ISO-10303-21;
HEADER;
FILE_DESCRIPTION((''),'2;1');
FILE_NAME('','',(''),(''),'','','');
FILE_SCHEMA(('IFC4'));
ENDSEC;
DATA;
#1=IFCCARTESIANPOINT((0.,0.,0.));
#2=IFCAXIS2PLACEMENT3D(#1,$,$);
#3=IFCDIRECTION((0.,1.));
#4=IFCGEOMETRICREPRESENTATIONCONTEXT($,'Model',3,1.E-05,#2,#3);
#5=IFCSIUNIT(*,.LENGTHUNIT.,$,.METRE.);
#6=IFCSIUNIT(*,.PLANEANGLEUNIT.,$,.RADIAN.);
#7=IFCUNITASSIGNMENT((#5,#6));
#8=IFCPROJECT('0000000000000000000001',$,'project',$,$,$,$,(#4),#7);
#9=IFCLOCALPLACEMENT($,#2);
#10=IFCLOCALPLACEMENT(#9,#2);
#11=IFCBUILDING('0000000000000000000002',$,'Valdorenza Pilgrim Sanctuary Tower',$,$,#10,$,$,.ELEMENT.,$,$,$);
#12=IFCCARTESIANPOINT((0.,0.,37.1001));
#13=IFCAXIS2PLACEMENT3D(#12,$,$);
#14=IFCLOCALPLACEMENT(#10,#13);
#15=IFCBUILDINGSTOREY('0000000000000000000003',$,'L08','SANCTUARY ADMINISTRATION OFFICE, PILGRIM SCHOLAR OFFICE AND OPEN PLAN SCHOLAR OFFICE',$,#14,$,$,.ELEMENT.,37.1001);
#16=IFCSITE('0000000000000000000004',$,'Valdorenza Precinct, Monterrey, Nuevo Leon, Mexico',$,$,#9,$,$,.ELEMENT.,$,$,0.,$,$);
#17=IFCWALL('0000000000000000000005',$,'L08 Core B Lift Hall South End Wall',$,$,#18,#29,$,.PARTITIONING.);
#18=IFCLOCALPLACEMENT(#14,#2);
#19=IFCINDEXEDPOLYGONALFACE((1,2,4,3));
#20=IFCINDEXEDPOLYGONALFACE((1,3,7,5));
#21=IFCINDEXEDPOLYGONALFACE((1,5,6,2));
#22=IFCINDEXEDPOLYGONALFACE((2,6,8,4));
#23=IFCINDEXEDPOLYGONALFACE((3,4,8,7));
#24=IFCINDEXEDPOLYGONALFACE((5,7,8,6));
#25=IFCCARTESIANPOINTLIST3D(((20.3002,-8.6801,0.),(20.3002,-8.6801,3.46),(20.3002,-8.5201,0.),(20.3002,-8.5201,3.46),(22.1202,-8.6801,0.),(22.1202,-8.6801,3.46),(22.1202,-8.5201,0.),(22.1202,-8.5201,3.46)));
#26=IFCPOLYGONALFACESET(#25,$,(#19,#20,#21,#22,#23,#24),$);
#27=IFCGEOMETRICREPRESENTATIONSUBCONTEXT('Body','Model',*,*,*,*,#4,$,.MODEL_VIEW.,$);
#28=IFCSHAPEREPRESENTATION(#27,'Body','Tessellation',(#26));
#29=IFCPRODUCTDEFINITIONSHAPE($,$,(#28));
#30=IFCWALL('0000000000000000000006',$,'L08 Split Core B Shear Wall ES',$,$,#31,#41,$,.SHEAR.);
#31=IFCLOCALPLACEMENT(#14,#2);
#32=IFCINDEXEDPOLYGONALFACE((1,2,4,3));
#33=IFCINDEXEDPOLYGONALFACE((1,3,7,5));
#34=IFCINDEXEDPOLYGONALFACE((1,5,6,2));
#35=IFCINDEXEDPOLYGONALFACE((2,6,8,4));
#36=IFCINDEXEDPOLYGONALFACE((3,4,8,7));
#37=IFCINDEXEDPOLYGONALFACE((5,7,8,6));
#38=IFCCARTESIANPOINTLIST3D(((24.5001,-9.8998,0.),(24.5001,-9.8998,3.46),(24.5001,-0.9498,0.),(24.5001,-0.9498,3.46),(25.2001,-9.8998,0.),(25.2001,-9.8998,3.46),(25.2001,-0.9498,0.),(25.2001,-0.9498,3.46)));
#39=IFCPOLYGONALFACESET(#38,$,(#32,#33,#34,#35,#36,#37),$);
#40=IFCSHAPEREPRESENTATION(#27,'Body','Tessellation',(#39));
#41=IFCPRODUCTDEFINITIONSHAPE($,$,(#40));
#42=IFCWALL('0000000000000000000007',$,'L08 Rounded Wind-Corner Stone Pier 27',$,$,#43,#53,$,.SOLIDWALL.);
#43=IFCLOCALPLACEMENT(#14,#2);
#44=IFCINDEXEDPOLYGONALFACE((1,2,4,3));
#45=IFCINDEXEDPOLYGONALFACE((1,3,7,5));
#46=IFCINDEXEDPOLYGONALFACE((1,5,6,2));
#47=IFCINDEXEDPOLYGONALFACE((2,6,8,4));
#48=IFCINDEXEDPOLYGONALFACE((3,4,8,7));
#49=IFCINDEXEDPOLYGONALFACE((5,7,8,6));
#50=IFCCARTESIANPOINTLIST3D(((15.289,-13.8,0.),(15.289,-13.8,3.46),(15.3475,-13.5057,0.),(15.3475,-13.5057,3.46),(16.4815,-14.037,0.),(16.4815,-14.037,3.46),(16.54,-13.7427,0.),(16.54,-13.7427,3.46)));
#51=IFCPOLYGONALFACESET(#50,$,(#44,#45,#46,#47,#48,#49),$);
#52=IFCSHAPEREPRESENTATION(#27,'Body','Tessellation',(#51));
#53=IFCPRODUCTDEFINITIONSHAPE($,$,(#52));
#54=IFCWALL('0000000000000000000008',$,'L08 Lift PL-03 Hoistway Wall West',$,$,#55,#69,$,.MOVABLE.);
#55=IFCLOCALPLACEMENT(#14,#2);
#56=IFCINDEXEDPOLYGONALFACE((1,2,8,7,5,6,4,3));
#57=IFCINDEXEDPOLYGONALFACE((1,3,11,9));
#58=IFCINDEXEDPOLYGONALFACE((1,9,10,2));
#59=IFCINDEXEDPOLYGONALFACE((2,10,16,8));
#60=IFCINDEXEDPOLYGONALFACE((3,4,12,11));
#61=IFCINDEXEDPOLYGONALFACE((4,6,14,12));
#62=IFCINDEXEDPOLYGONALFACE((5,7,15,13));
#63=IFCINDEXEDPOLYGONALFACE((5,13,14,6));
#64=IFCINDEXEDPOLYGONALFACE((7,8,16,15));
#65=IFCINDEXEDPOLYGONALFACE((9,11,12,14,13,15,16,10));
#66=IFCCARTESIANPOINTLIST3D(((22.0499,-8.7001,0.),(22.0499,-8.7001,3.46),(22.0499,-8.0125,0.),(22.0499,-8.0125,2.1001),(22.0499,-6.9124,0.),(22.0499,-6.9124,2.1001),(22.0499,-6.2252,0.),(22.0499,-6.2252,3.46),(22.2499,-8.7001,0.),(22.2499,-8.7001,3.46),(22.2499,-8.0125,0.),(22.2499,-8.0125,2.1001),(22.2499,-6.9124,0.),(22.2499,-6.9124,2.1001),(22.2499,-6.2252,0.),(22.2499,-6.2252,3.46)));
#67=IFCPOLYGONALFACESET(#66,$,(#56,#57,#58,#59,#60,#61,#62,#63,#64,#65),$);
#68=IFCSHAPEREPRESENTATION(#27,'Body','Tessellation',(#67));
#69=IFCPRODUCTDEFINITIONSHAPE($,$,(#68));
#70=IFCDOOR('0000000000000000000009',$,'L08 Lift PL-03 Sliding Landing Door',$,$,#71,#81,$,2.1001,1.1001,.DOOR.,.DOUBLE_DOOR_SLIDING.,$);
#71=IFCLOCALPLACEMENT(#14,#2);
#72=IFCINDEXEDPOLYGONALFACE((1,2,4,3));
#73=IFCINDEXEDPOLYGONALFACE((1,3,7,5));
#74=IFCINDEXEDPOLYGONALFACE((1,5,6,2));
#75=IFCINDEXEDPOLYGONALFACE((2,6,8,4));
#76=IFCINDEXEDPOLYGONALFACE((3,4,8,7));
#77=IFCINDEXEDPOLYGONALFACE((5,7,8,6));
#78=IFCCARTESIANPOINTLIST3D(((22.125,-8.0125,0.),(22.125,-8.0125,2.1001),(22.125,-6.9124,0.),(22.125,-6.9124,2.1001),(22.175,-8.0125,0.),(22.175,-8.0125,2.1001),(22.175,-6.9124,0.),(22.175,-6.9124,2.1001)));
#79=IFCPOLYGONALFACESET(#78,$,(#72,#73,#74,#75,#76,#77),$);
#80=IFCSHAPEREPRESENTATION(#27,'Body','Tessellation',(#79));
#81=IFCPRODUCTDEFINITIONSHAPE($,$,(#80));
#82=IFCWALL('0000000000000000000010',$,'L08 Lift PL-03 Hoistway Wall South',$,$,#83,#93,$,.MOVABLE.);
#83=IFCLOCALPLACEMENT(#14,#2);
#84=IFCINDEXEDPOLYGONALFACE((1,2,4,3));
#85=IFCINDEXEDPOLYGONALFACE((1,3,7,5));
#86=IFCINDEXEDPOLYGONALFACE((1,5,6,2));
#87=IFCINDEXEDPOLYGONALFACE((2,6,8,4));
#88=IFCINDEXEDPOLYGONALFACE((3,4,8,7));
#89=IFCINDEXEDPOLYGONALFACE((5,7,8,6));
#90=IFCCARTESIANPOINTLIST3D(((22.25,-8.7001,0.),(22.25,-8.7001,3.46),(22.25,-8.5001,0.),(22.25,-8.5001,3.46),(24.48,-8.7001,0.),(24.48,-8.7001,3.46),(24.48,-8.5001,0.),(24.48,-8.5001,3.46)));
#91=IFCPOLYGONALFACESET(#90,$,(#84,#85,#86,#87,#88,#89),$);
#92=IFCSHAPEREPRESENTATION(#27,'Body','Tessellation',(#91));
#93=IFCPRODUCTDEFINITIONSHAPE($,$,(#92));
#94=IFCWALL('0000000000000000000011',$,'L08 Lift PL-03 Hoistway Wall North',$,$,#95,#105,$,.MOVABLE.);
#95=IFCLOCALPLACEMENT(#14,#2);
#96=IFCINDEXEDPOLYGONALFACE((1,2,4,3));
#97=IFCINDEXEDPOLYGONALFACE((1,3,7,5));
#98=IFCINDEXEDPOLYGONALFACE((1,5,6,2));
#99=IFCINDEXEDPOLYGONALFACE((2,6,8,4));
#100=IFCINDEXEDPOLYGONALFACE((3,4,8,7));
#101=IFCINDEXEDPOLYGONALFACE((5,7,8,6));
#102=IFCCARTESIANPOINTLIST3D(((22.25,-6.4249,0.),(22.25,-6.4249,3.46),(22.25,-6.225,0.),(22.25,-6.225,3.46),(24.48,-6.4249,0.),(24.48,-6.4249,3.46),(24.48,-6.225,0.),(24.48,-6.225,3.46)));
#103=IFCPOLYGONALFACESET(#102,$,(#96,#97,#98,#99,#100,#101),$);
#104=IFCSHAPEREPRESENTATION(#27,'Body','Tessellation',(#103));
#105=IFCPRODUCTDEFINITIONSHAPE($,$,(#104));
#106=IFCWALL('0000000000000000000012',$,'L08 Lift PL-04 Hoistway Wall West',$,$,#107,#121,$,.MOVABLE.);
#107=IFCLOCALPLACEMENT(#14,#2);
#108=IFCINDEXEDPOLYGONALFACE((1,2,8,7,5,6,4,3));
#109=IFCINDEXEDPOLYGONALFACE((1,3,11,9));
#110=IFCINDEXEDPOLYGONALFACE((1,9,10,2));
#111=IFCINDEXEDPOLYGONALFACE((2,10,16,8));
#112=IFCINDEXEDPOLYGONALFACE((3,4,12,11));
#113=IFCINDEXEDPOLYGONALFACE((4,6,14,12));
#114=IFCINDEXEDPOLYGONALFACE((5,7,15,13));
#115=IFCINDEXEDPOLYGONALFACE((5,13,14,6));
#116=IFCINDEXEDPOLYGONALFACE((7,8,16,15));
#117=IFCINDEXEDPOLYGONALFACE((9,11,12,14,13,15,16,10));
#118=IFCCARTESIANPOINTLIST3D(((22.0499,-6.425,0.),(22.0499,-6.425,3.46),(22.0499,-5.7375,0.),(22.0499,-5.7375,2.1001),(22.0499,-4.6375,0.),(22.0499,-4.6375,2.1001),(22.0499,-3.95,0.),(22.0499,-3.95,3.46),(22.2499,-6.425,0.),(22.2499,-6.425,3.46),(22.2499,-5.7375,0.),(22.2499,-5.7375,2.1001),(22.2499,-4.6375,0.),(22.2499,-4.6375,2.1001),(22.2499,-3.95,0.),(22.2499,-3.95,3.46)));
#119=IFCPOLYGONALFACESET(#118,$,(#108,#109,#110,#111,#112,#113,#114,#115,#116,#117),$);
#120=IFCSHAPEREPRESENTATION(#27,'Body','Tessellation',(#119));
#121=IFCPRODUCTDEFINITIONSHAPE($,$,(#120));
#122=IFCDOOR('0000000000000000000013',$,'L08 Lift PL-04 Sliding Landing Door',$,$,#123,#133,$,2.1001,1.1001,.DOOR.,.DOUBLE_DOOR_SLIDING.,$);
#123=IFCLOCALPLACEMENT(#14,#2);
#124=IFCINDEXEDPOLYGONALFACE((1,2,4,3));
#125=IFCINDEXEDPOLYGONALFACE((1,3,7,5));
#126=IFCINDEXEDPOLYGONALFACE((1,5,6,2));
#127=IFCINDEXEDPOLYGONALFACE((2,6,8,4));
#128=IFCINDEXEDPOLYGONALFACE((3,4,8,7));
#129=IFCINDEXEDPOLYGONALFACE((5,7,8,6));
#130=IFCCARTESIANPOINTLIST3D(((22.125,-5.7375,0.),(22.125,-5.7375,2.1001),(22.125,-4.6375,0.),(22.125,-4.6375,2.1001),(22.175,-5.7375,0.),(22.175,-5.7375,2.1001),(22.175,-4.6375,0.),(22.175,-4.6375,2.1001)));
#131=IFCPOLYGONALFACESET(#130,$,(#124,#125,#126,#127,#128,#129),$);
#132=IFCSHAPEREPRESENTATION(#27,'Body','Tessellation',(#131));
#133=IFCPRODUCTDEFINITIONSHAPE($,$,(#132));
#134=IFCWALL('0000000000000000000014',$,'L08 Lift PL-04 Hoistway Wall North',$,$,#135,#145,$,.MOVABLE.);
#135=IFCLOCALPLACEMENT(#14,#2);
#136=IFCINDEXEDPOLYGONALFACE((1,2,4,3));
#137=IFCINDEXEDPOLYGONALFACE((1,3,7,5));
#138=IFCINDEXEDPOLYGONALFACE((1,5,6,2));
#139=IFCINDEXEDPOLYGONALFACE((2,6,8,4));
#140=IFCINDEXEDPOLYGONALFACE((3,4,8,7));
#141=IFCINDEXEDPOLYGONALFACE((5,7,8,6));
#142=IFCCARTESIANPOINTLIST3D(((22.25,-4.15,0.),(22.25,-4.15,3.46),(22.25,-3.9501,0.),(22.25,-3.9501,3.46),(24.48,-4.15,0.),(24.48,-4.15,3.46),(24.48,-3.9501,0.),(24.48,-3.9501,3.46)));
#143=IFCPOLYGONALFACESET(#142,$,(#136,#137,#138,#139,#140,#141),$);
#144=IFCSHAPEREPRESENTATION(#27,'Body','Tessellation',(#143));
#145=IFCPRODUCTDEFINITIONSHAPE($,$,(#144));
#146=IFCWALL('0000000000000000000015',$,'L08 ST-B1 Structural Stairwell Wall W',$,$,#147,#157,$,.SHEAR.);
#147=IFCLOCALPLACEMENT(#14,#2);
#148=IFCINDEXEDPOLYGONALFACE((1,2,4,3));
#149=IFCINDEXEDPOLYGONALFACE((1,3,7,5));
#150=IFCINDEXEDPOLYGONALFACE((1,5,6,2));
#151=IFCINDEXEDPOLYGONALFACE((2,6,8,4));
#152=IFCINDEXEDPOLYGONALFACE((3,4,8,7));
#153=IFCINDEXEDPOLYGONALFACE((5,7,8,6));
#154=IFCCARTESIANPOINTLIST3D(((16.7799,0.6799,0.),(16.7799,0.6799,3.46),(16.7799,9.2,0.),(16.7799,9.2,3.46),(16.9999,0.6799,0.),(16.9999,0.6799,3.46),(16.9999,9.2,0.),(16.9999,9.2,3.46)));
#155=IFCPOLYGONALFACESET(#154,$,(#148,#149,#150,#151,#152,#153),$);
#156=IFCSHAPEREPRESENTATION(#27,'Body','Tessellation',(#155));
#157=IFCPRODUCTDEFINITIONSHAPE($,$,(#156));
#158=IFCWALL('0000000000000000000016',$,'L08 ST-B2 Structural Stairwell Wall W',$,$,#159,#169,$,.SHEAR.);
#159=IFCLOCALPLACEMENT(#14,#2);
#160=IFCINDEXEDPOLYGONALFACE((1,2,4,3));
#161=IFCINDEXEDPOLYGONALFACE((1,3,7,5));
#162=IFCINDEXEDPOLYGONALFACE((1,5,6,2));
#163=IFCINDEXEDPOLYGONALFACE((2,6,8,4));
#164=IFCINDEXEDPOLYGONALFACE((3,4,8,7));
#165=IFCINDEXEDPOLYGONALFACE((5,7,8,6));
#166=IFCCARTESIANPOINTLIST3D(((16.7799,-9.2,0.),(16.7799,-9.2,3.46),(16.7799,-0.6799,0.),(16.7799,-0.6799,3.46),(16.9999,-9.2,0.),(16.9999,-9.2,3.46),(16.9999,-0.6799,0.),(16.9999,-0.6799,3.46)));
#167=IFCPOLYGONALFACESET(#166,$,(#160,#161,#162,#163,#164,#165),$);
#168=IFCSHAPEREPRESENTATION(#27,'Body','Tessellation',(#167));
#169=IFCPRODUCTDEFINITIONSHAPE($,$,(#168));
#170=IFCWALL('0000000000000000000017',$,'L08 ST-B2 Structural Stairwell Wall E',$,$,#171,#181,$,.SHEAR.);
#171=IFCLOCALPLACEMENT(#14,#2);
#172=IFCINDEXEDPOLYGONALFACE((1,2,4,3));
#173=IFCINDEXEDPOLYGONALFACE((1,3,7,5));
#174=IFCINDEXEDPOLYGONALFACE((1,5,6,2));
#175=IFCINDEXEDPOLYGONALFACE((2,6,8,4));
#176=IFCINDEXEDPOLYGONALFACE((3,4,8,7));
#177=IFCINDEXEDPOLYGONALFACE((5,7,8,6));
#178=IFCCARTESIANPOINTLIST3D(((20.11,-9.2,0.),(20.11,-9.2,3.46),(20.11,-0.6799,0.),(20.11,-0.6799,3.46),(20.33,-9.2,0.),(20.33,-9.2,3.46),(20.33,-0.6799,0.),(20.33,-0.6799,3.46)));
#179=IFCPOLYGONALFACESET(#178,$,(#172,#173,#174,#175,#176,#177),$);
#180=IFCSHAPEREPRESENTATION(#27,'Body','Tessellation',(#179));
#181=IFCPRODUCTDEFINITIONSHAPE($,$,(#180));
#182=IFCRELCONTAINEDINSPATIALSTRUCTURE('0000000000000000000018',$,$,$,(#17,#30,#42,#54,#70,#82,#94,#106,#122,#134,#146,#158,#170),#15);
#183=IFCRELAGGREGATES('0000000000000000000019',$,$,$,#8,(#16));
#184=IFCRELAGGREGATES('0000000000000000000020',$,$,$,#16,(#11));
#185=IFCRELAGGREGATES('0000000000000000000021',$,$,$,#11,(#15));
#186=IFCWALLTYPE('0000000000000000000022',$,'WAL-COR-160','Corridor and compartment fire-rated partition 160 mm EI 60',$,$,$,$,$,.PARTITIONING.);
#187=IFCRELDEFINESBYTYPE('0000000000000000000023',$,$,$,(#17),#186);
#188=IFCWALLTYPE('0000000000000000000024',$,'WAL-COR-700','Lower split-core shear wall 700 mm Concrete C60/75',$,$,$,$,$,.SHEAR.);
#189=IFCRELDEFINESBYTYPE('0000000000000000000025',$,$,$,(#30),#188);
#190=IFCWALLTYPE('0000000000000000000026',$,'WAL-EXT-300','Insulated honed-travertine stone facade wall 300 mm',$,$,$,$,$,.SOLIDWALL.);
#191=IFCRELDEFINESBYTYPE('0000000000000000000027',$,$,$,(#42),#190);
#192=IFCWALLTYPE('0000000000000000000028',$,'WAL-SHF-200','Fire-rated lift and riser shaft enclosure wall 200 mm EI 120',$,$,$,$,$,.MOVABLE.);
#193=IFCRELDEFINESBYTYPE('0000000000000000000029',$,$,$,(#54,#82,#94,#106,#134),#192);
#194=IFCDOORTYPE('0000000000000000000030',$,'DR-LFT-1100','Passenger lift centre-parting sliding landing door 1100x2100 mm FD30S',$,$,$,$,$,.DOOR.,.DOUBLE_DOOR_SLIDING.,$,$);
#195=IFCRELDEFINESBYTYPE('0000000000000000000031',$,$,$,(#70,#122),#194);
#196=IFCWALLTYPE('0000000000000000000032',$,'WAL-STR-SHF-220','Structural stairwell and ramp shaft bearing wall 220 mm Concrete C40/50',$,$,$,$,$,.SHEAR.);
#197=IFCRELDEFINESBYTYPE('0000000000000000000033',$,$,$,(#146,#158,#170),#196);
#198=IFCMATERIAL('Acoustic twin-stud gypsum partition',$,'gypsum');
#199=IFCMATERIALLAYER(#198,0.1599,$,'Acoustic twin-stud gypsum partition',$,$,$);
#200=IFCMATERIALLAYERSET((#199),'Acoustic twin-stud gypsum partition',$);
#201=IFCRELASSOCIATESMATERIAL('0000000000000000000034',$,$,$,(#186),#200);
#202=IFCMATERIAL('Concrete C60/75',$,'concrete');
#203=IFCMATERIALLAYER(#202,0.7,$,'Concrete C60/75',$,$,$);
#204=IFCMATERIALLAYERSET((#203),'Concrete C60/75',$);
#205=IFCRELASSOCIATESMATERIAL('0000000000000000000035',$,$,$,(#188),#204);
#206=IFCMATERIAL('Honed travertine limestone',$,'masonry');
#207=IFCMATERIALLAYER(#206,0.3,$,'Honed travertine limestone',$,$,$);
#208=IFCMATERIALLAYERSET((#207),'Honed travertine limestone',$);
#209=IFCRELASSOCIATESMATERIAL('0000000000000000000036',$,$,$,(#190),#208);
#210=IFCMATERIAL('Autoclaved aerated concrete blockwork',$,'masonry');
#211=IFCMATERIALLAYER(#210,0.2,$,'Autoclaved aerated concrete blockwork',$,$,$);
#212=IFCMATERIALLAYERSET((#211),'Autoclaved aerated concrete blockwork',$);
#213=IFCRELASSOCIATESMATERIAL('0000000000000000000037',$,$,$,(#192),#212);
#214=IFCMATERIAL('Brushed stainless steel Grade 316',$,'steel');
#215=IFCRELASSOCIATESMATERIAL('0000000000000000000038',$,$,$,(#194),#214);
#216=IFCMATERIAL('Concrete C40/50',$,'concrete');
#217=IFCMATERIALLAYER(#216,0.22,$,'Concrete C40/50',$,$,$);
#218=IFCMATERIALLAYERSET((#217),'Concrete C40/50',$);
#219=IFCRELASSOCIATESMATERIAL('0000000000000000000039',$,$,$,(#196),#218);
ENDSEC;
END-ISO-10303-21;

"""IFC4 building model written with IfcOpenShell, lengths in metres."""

from ifc_helpers import new_model, si_unit, direction, frame, frame_2d, origin, place, context, subcontext, project, spatial, rectangle, extrude, material, layer, layer_set, type_object, element, fill, save


model = new_model("IFC4")

# Units and contexts
model_context = context("Model", 3, precision=1e-05, world=origin(), true_north=direction((0.0, 1.0)))
body_context = subcontext(model_context, "Body", "Model", "MODEL_VIEW")
ifc_project = project(units=[si_unit("LENGTHUNIT", "METRE"), si_unit("PLANEANGLEUNIT", "RADIAN")], contexts=[model_context])

# Site, building, storey
site_placement = place(None, origin())
site = spatial("IfcSite", under=ifc_project, at=site_placement, Name="Valdorenza Precinct, Monterrey, Nuevo Leon, Mexico", CompositionType="ELEMENT", RefElevation=0.0)
building_placement = place(site_placement, origin())
building = spatial("IfcBuilding", under=site, at=building_placement, Name="Valdorenza Pilgrim Sanctuary Tower", CompositionType="ELEMENT")
storey_placement = place(building_placement, frame((0.0, 0.0, 37.1001)))
storey = spatial("IfcBuildingStorey", under=building, at=storey_placement, Name="L08", Description="SANCTUARY ADMINISTRATION OFFICE, PILGRIM SCHOLAR OFFICE AND OPEN PLAN SCHOLAR OFFICE", CompositionType="ELEMENT", Elevation=37.1001)

# Shared definitions
ifc_material_1 = material(Name="Concrete C60/75", Category="concrete")

# Walls
ifc_material_2 = material(Name="Acoustic twin-stud gypsum partition", Category="gypsum")
ifc_layer_1 = layer(ifc_material_2, 0.1599, Name="Acoustic twin-stud gypsum partition")
ifc_layer_set_1 = layer_set([ifc_layer_1], Name="Acoustic twin-stud gypsum partition")
wall_type_1 = type_object("IfcWallType", Name="WAL-COR-160", Description="Corridor and compartment fire-rated partition 160 mm EI 60", PredefinedType="PARTITIONING", material=ifc_layer_set_1)
wall_1_placement = place(storey_placement, frame((20.3, -8.6001, 0.0), z_axis=(0.0, 0.0, 1.0), x_axis=(1.0, 0.0, 0.0)))
element("IfcWall", 1, at=wall_1_placement, inside=storey, type_object=wall_type_1, Name="L08 Core B Lift Hall South End Wall", PredefinedType="PARTITIONING", context=body_context, shape_type="SweptSolid", body=[
    extrude(rectangle(XDim=1.8201, YDim=0.1599, at=frame_2d((0.9102, 0.0))), origin(), (0.0, 0.0, 1.0), 3.46),
])
ifc_layer_2 = layer(ifc_material_1, 0.7, Name="Concrete C60/75")
ifc_layer_set_2 = layer_set([ifc_layer_2], Name="Concrete C60/75")
wall_type_2 = type_object("IfcWallType", Name="WAL-COR-700", Description="Lower split-core shear wall 700 mm Concrete C60/75", PredefinedType="SHEAR", material=ifc_layer_set_2)
wall_2_placement = place(storey_placement, frame((24.8501, -9.8999, 0.0), z_axis=(0.0, 0.0, 1.0), x_axis=(0.0, 1.0, 0.0)))
element("IfcWall", 2, at=wall_2_placement, inside=storey, type_object=wall_type_2, Name="L08 Split Core B Shear Wall ES", PredefinedType="SHEAR", context=body_context, shape_type="SweptSolid", body=[
    extrude(rectangle(XDim=8.95, YDim=0.7, at=frame_2d((4.4751, 0.0))), origin(), (0.0, 0.0, 1.0), 3.46),
])
ifc_material_3 = material(Name="Honed travertine limestone", Category="masonry")
ifc_layer_3 = layer(ifc_material_3, 0.3, Name="Honed travertine limestone")
ifc_layer_set_3 = layer_set([ifc_layer_3], Name="Honed travertine limestone")
wall_type_3 = type_object("IfcWallType", Name="WAL-EXT-300", Description="Insulated honed-travertine stone facade wall 300 mm", PredefinedType="SOLIDWALL", material=ifc_layer_set_3)
wall_3_placement = place(storey_placement, frame((16.5107, -13.8899, 0.0), z_axis=(0.0, 0.0, 1.0), x_axis=(-0.980804, 0.194996, 0.0)))
element("IfcWall", 3, at=wall_3_placement, inside=storey, type_object=wall_type_3, Name="L08 Rounded Wind-Corner Stone Pier 27", PredefinedType="SOLIDWALL", context=body_context, shape_type="SweptSolid", body=[
    extrude(rectangle(XDim=1.2158, YDim=0.3, at=frame_2d((0.6079, 0.0))), origin(), (0.0, 0.0, 1.0), 3.46),
])

# Wall, opening, door
ifc_material_4 = material(Name="Autoclaved aerated concrete blockwork", Category="masonry")
ifc_layer_4 = layer(ifc_material_4, 0.2, Name="Autoclaved aerated concrete blockwork")
ifc_layer_set_4 = layer_set([ifc_layer_4], Name="Autoclaved aerated concrete blockwork")
wall_type_4 = type_object("IfcWallType", Name="WAL-SHF-200", Description="Fire-rated lift and riser shaft enclosure wall 200 mm EI 120", PredefinedType="MOVABLE", material=ifc_layer_set_4)
wall_4_placement = place(storey_placement, frame((22.1499, -8.7, 0.0), z_axis=(0.0, 0.0, 1.0), x_axis=(0.0, 1.0, 0.0)))
wall_4 = element("IfcWall", 4, at=wall_4_placement, inside=storey, type_object=wall_type_4, Name="L08 Lift PL-03 Hoistway Wall West", PredefinedType="MOVABLE", context=body_context, shape_type="SweptSolid", body=[
    extrude(rectangle(XDim=2.4749, YDim=0.2, at=frame_2d((1.2373, 0.0))), origin(), (0.0, 0.0, 1.0), 3.46),
])
opening_1_placement = place(wall_4_placement, frame((0.6875, 0.0, 0.0)))
opening_1 = element("IfcOpeningElement", 5, at=opening_1_placement, cuts=wall_4, PredefinedType="OPENING", context=body_context, shape_type="SweptSolid", body=[
    extrude(rectangle(XDim=1.1001, YDim=2.1001, at=frame_2d((0.55, 1.05))), frame((0.0, 0.1147, 0.0), z_axis=(0.0, -1.0, 0.0), x_axis=(1.0, 0.0, 0.0)), (0.0, 0.0, 1.0), 0.2297),
])
ifc_material_5 = material(Name="Brushed stainless steel Grade 316", Category="steel")
door_type_1 = type_object("IfcDoorType", Name="DR-LFT-1100", Description="Passenger lift centre-parting sliding landing door 1100x2100 mm FD30S", OperationType="DOUBLE_DOOR_SLIDING", PredefinedType="DOOR", material=ifc_material_5)
door_1_placement = place(opening_1_placement, origin())
door_1 = element("IfcDoor", 6, at=door_1_placement, inside=storey, type_object=door_type_1, Name="L08 Lift PL-03 Sliding Landing Door", OperationType="DOUBLE_DOOR_SLIDING", OverallHeight=2.1001, OverallWidth=1.1001, PredefinedType="DOOR", context=body_context, shape_type="SweptSolid", body=[
    extrude(rectangle(XDim=1.1001, YDim=2.1001, at=frame_2d((0.55, 1.05))), frame((0.0, 0.0249, 0.0), z_axis=(0.0, -1.0, 0.0), x_axis=(1.0, 0.0, 0.0)), (0.0, 0.0, 1.0), 0.05),
])
fill(opening_1, door_1)

# Walls
for number, where, z_axis, x_axis, name in (
    (7, (22.25, -8.6001, 0.0), (0.0, 0.0, 1.0), (1.0, 0.0, 0.0), "L08 Lift PL-03 Hoistway Wall South"),
    (8, (22.25, -6.325, 0.0), (0.0, 0.0, 1.0), (1.0, 0.0, 0.0), "L08 Lift PL-03 Hoistway Wall North"),
):
    element("IfcWall", number, at=place(storey_placement, frame(where, z_axis=z_axis, x_axis=x_axis)), inside=storey, type_object=wall_type_4, Name=name, PredefinedType="MOVABLE", context=body_context, shape_type="SweptSolid", body=[
        extrude(rectangle(XDim=2.23, YDim=0.2, at=frame_2d((1.115, 0.0))), origin(), (0.0, 0.0, 1.0), 3.46),
    ])

# Wall, opening, door
wall_5_placement = place(storey_placement, frame((22.1499, -6.425, 0.0), z_axis=(0.0, 0.0, 1.0), x_axis=(0.0, 1.0, 0.0)))
wall_5 = element("IfcWall", 9, at=wall_5_placement, inside=storey, type_object=wall_type_4, Name="L08 Lift PL-04 Hoistway Wall West", PredefinedType="MOVABLE", context=body_context, shape_type="SweptSolid", body=[
    extrude(rectangle(XDim=2.4751, YDim=0.2, at=frame_2d((1.2375, 0.0))), origin(), (0.0, 0.0, 1.0), 3.46),
])
opening_2_placement = place(wall_5_placement, frame((0.6875, 0.0, 0.0)))
opening_2 = element("IfcOpeningElement", 10, at=opening_2_placement, cuts=wall_5, PredefinedType="OPENING", context=body_context, shape_type="SweptSolid", body=[
    extrude(rectangle(XDim=1.1001, YDim=2.1001, at=frame_2d((0.55, 1.05))), frame((0.0, 0.1147, 0.0), z_axis=(0.0, -1.0, 0.0), x_axis=(1.0, 0.0, 0.0)), (0.0, 0.0, 1.0), 0.2297),
])
door_2_placement = place(opening_2_placement, origin())
door_2 = element("IfcDoor", 11, at=door_2_placement, inside=storey, type_object=door_type_1, Name="L08 Lift PL-04 Sliding Landing Door", OperationType="DOUBLE_DOOR_SLIDING", OverallHeight=2.1001, OverallWidth=1.1001, PredefinedType="DOOR", context=body_context, shape_type="SweptSolid", body=[
    extrude(rectangle(XDim=1.1001, YDim=2.1001, at=frame_2d((0.55, 1.05))), frame((0.0, 0.0249, 0.0), z_axis=(0.0, -1.0, 0.0), x_axis=(1.0, 0.0, 0.0)), (0.0, 0.0, 1.0), 0.05),
])
fill(opening_2, door_2)

# Walls
wall_6_placement = place(storey_placement, frame((22.25, -4.05, 0.0), z_axis=(0.0, 0.0, 1.0), x_axis=(1.0, 0.0, 0.0)))
element("IfcWall", 12, at=wall_6_placement, inside=storey, type_object=wall_type_4, Name="L08 Lift PL-04 Hoistway Wall North", PredefinedType="MOVABLE", context=body_context, shape_type="SweptSolid", body=[
    extrude(rectangle(XDim=2.23, YDim=0.2, at=frame_2d((1.115, 0.0))), origin(), (0.0, 0.0, 1.0), 3.46),
])
ifc_material_6 = material(Name="Concrete C40/50", Category="concrete")
ifc_layer_5 = layer(ifc_material_6, 0.22, Name="Concrete C40/50")
ifc_layer_set_5 = layer_set([ifc_layer_5], Name="Concrete C40/50")
wall_type_5 = type_object("IfcWallType", Name="WAL-STR-SHF-220", Description="Structural stairwell and ramp shaft bearing wall 220 mm Concrete C40/50", PredefinedType="SHEAR", material=ifc_layer_set_5)
for number, where, z_axis, x_axis, name in (
    (13, (16.8899, 0.6799, 0.0), (0.0, 0.0, 1.0), (0.0, 1.0, 0.0), "L08 ST-B1 Structural Stairwell Wall W"),
    (14, (16.8899, -9.2, 0.0), (0.0, 0.0, 1.0), (0.0, 1.0, 0.0), "L08 ST-B2 Structural Stairwell Wall W"),
    (15, (20.22, -9.2, 0.0), (0.0, 0.0, 1.0), (0.0, 1.0, 0.0), "L08 ST-B2 Structural Stairwell Wall E"),
):
    element("IfcWall", number, at=place(storey_placement, frame(where, z_axis=z_axis, x_axis=x_axis)), inside=storey, type_object=wall_type_5, Name=name, PredefinedType="SHEAR", context=body_context, shape_type="SweptSolid", body=[
        extrude(rectangle(XDim=8.52, YDim=0.22, at=frame_2d((4.26, 0.0))), origin(), (0.0, 0.0, 1.0), 3.46),
    ])

save(model, "model.ifc")
